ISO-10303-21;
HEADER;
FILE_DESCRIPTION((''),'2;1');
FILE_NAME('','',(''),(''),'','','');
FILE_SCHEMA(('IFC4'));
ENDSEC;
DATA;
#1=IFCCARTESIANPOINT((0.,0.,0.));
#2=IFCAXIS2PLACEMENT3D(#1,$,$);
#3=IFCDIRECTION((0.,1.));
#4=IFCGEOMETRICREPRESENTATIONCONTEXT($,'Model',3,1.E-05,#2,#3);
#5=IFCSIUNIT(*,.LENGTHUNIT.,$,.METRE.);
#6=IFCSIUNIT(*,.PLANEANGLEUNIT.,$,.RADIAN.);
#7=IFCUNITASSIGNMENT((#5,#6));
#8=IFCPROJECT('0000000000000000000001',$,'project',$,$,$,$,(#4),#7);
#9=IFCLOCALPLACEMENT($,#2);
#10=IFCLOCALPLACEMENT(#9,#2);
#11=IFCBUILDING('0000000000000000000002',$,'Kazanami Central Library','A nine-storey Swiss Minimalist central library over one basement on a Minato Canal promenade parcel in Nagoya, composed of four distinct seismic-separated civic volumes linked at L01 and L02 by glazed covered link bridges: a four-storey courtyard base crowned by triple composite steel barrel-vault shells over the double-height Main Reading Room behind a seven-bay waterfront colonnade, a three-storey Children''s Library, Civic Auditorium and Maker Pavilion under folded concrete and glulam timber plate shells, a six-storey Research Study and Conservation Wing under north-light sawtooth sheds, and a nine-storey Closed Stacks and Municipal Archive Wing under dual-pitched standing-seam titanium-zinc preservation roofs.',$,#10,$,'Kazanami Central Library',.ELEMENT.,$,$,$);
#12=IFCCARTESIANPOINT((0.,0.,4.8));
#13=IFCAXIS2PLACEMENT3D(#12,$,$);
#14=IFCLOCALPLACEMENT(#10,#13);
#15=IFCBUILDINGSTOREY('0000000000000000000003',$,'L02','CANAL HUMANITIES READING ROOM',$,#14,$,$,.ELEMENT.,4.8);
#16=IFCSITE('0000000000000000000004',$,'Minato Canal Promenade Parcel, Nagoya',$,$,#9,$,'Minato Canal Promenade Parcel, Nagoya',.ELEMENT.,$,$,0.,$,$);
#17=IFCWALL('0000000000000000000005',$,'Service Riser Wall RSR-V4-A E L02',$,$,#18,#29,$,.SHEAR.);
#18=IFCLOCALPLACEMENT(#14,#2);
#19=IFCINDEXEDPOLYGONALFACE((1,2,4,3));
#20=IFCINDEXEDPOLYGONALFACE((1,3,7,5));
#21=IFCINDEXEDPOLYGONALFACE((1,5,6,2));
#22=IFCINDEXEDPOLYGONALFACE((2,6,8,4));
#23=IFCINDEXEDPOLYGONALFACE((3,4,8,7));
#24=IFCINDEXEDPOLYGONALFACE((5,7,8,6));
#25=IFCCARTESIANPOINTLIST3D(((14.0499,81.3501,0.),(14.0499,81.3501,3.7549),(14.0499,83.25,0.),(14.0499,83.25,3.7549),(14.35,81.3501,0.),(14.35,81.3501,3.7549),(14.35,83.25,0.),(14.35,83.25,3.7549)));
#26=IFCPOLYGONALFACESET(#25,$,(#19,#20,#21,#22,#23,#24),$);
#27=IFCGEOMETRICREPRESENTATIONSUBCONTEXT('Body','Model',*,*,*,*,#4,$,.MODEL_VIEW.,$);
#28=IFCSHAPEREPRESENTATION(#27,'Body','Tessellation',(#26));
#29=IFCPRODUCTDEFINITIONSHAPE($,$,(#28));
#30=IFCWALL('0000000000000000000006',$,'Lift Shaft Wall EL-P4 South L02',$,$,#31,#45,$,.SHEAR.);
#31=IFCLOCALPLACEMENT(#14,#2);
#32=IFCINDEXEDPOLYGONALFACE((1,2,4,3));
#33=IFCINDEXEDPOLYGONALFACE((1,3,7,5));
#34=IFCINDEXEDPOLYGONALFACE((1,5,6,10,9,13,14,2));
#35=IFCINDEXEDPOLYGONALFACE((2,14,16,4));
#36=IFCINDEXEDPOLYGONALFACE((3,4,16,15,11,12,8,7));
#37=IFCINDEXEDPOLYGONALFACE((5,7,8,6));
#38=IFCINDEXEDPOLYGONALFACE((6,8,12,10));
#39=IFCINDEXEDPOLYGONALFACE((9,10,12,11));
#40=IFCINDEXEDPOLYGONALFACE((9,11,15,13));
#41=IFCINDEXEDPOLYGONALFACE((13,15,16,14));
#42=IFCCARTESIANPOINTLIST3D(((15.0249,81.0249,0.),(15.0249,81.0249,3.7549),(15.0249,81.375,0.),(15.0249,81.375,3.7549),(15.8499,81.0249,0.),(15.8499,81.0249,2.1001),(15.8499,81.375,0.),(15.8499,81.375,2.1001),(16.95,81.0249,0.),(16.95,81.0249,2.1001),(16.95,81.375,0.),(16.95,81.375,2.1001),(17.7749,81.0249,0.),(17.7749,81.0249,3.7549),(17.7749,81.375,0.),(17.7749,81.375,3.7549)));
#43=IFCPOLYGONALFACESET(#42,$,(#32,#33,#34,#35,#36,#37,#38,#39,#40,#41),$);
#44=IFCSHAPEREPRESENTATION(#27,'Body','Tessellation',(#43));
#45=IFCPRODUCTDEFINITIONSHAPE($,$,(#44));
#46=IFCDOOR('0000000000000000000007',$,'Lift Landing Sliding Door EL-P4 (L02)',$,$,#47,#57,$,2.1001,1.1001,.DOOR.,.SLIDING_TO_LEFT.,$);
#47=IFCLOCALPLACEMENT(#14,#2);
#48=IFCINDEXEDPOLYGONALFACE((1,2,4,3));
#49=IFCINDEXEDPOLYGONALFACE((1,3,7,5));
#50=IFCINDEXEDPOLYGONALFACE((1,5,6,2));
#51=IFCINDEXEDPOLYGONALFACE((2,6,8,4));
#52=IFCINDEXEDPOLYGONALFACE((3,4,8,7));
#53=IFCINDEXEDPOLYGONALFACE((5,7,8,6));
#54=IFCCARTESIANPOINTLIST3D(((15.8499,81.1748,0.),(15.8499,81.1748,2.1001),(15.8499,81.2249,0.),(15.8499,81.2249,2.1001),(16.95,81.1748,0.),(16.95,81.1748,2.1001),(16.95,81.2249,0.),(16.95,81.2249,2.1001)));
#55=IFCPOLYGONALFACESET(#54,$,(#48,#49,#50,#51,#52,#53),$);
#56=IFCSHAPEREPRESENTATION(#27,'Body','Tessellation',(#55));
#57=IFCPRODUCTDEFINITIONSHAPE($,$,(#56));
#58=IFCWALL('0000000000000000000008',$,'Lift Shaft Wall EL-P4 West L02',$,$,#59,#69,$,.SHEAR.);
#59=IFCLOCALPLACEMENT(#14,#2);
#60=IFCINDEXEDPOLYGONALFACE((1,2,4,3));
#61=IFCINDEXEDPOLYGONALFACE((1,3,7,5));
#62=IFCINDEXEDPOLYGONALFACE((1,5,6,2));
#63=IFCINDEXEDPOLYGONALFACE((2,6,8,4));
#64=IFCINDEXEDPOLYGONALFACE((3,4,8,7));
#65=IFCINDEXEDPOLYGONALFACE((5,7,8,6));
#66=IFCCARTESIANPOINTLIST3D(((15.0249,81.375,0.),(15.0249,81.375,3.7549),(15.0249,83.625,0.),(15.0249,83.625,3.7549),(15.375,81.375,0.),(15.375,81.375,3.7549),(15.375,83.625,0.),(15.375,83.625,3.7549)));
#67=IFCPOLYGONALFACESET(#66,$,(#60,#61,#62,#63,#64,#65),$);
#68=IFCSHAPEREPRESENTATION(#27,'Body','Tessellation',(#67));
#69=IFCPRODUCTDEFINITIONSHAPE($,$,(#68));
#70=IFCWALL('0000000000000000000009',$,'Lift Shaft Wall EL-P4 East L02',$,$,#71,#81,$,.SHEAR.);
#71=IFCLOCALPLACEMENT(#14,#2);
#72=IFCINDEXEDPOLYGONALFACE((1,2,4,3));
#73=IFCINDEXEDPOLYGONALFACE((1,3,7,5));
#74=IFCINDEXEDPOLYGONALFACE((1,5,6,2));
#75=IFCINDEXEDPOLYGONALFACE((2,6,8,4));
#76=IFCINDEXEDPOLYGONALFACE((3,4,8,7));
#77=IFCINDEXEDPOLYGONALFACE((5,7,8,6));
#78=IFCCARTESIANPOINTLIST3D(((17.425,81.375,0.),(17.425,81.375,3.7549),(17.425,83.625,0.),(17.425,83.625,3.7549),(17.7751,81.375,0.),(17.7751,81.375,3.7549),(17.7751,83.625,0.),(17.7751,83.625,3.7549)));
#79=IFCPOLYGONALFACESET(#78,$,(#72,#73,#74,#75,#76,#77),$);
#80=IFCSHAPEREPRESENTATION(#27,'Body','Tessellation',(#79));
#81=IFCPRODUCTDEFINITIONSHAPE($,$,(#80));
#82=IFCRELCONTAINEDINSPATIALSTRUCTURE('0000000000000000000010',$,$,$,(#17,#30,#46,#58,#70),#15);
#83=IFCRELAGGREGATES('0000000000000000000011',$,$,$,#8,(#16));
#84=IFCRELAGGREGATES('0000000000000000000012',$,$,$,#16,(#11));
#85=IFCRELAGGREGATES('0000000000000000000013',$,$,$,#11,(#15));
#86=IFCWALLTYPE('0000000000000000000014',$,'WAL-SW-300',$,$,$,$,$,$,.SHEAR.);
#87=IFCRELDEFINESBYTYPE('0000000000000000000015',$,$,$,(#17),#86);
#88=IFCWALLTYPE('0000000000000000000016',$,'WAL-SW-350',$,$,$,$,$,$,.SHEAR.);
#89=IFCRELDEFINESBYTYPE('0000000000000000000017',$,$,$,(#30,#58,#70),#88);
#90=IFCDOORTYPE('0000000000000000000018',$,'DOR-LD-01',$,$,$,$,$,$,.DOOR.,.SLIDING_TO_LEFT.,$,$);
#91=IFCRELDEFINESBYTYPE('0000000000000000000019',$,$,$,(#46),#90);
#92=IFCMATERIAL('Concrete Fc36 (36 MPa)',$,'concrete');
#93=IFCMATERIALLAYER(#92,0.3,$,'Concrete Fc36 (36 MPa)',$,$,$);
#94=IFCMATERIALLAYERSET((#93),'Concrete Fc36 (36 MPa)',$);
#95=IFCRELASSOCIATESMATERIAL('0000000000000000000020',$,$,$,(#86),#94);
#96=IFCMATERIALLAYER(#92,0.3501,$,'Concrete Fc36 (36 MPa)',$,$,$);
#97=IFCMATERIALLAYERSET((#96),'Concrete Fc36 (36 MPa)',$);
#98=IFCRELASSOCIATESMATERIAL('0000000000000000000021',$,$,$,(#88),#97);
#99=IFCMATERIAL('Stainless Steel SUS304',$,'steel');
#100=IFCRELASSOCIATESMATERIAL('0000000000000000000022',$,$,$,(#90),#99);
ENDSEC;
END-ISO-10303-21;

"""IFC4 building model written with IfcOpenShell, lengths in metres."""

from ifc_helpers import new_model, si_unit, direction, frame, frame_2d, origin, place, context, subcontext, project, spatial, rectangle, extrude, material, layer, layer_set, type_object, element, fill, save


model = new_model("IFC4")

# Units and contexts
model_context = context("Model", 3, precision=1e-05, world=origin(), true_north=direction((0.0, 1.0)))
body_context = subcontext(model_context, "Body", "Model", "MODEL_VIEW")
ifc_project = project(units=[si_unit("LENGTHUNIT", "METRE"), si_unit("PLANEANGLEUNIT", "RADIAN")], contexts=[model_context])

# Site, building, storey
site_placement = place(None, origin())
site = spatial("IfcSite", under=ifc_project, at=site_placement, Name="Minato Canal Promenade Parcel, Nagoya", LongName="Minato Canal Promenade Parcel, Nagoya", CompositionType="ELEMENT", RefElevation=0.0)
building_placement = place(site_placement, origin())
building = spatial("IfcBuilding", under=site, at=building_placement, Name="Kazanami Central Library", Description="A nine-storey Swiss Minimalist central library over one basement on a Minato Canal promenade parcel in Nagoya, composed of four distinct seismic-separated civic volumes linked at L01 and L02 by glazed covered link bridges: a four-storey courtyard base crowned by triple composite steel barrel-vault shells over the double-height Main Reading Room behind a seven-bay waterfront colonnade, a three-storey Children's Library, Civic Auditorium and Maker Pavilion under folded concrete and glulam timber plate shells, a six-storey Research Study and Conservation Wing under north-light sawtooth sheds, and a nine-storey Closed Stacks and Municipal Archive Wing under dual-pitched standing-seam titanium-zinc preservation roofs.", LongName="Kazanami Central Library", CompositionType="ELEMENT")
storey_placement = place(building_placement, frame((0.0, 0.0, 4.8)))
storey = spatial("IfcBuildingStorey", under=building, at=storey_placement, Name="L02", Description="CANAL HUMANITIES READING ROOM", CompositionType="ELEMENT", Elevation=4.8)

# Wall
ifc_material_1 = material(Name="Concrete Fc36 (36 MPa)", Category="concrete")
ifc_layer_1 = layer(ifc_material_1, 0.3, Name="Concrete Fc36 (36 MPa)")
ifc_layer_set_1 = layer_set([ifc_layer_1], Name="Concrete Fc36 (36 MPa)")
wall_type_1 = type_object("IfcWallType", Name="WAL-SW-300", PredefinedType="SHEAR", material=ifc_layer_set_1)
for number, where, z_axis, x_axis, name in (
    (1, (14.2, 81.3501, 0.0), (0.0, 0.0, 1.0), (0.0, 1.0, 0.0), "Service Riser Wall RSR-V4-A E L02"),
):
    element("IfcWall", number, at=place(storey_placement, frame(where, z_axis=z_axis, x_axis=x_axis)), inside=storey, type_object=wall_type_1, Name=name, PredefinedType="SHEAR", context=body_context, shape_type="SweptSolid", body=[
        extrude(rectangle(XDim=1.8999, YDim=0.3, at=frame_2d((0.95, 0.0))), origin(), (0.0, 0.0, 1.0), 3.7549),
    ])

# Wall, opening, door
ifc_layer_2 = layer(ifc_material_1, 0.3501, Name="Concrete Fc36 (36 MPa)")
ifc_layer_set_2 = layer_set([ifc_layer_2], Name="Concrete Fc36 (36 MPa)")
wall_type_2 = type_object("IfcWallType", Name="WAL-SW-350", PredefinedType="SHEAR", material=ifc_layer_set_2)
wall_1_placement = place(storey_placement, frame((15.0249, 81.2, 0.0), z_axis=(0.0, 0.0, 1.0), x_axis=(1.0, 0.0, 0.0)))
wall_1 = element("IfcWall", 2, at=wall_1_placement, inside=storey, type_object=wall_type_2, Name="Lift Shaft Wall EL-P4 South L02", PredefinedType="SHEAR", context=body_context, shape_type="SweptSolid", body=[
    extrude(rectangle(XDim=2.75, YDim=0.3501, at=frame_2d((1.375, 0.0))), origin(), (0.0, 0.0, 1.0), 3.7549),
])
opening_1_placement = place(wall_1_placement, frame((0.825, 0.0, 0.0)))
opening_1 = element("IfcOpeningElement", 3, at=opening_1_placement, cuts=wall_1, PredefinedType="OPENING", context=body_context, shape_type="SweptSolid", body=[
    extrude(rectangle(XDim=1.1001, YDim=2.1001, at=frame_2d((0.55, 1.05))), frame((0.0, 0.187, 0.0), z_axis=(0.0, -1.0, 0.0), x_axis=(1.0, 0.0, 0.0)), (0.0, 0.0, 1.0), 0.374),
])
ifc_material_2 = material(Name="Stainless Steel SUS304", Category="steel")
door_type_1 = type_object("IfcDoorType", Name="DOR-LD-01", OperationType="SLIDING_TO_LEFT", PredefinedType="DOOR", material=ifc_material_2)
door_1_placement = place(opening_1_placement, origin())
door_1 = element("IfcDoor", 4, at=door_1_placement, inside=storey, type_object=door_type_1, Name="Lift Landing Sliding Door EL-P4 (L02)", OperationType="SLIDING_TO_LEFT", OverallHeight=2.1001, OverallWidth=1.1001, PredefinedType="DOOR", context=body_context, shape_type="SweptSolid", body=[
    extrude(rectangle(XDim=1.1001, YDim=2.1001, at=frame_2d((0.55, 1.05))), frame((0.0, 0.0249, 0.0), z_axis=(0.0, -1.0, 0.0), x_axis=(1.0, 0.0, 0.0)), (0.0, 0.0, 1.0), 0.05),
])
fill(opening_1, door_1)

# Walls
for number, where, z_axis, x_axis, name in (
    (5, (15.2, 81.375, 0.0), (0.0, 0.0, 1.0), (0.0, 1.0, 0.0), "Lift Shaft Wall EL-P4 West L02"),
    (6, (17.6001, 81.375, 0.0), (0.0, 0.0, 1.0), (0.0, 1.0, 0.0), "Lift Shaft Wall EL-P4 East L02"),
):
    element("IfcWall", number, at=place(storey_placement, frame(where, z_axis=z_axis, x_axis=x_axis)), inside=storey, type_object=wall_type_2, Name=name, PredefinedType="SHEAR", context=body_context, shape_type="SweptSolid", body=[
        extrude(rectangle(XDim=2.25, YDim=0.3501, at=frame_2d((1.125, 0.0))), origin(), (0.0, 0.0, 1.0), 3.7549),
    ])

save(model, "model.ifc")
